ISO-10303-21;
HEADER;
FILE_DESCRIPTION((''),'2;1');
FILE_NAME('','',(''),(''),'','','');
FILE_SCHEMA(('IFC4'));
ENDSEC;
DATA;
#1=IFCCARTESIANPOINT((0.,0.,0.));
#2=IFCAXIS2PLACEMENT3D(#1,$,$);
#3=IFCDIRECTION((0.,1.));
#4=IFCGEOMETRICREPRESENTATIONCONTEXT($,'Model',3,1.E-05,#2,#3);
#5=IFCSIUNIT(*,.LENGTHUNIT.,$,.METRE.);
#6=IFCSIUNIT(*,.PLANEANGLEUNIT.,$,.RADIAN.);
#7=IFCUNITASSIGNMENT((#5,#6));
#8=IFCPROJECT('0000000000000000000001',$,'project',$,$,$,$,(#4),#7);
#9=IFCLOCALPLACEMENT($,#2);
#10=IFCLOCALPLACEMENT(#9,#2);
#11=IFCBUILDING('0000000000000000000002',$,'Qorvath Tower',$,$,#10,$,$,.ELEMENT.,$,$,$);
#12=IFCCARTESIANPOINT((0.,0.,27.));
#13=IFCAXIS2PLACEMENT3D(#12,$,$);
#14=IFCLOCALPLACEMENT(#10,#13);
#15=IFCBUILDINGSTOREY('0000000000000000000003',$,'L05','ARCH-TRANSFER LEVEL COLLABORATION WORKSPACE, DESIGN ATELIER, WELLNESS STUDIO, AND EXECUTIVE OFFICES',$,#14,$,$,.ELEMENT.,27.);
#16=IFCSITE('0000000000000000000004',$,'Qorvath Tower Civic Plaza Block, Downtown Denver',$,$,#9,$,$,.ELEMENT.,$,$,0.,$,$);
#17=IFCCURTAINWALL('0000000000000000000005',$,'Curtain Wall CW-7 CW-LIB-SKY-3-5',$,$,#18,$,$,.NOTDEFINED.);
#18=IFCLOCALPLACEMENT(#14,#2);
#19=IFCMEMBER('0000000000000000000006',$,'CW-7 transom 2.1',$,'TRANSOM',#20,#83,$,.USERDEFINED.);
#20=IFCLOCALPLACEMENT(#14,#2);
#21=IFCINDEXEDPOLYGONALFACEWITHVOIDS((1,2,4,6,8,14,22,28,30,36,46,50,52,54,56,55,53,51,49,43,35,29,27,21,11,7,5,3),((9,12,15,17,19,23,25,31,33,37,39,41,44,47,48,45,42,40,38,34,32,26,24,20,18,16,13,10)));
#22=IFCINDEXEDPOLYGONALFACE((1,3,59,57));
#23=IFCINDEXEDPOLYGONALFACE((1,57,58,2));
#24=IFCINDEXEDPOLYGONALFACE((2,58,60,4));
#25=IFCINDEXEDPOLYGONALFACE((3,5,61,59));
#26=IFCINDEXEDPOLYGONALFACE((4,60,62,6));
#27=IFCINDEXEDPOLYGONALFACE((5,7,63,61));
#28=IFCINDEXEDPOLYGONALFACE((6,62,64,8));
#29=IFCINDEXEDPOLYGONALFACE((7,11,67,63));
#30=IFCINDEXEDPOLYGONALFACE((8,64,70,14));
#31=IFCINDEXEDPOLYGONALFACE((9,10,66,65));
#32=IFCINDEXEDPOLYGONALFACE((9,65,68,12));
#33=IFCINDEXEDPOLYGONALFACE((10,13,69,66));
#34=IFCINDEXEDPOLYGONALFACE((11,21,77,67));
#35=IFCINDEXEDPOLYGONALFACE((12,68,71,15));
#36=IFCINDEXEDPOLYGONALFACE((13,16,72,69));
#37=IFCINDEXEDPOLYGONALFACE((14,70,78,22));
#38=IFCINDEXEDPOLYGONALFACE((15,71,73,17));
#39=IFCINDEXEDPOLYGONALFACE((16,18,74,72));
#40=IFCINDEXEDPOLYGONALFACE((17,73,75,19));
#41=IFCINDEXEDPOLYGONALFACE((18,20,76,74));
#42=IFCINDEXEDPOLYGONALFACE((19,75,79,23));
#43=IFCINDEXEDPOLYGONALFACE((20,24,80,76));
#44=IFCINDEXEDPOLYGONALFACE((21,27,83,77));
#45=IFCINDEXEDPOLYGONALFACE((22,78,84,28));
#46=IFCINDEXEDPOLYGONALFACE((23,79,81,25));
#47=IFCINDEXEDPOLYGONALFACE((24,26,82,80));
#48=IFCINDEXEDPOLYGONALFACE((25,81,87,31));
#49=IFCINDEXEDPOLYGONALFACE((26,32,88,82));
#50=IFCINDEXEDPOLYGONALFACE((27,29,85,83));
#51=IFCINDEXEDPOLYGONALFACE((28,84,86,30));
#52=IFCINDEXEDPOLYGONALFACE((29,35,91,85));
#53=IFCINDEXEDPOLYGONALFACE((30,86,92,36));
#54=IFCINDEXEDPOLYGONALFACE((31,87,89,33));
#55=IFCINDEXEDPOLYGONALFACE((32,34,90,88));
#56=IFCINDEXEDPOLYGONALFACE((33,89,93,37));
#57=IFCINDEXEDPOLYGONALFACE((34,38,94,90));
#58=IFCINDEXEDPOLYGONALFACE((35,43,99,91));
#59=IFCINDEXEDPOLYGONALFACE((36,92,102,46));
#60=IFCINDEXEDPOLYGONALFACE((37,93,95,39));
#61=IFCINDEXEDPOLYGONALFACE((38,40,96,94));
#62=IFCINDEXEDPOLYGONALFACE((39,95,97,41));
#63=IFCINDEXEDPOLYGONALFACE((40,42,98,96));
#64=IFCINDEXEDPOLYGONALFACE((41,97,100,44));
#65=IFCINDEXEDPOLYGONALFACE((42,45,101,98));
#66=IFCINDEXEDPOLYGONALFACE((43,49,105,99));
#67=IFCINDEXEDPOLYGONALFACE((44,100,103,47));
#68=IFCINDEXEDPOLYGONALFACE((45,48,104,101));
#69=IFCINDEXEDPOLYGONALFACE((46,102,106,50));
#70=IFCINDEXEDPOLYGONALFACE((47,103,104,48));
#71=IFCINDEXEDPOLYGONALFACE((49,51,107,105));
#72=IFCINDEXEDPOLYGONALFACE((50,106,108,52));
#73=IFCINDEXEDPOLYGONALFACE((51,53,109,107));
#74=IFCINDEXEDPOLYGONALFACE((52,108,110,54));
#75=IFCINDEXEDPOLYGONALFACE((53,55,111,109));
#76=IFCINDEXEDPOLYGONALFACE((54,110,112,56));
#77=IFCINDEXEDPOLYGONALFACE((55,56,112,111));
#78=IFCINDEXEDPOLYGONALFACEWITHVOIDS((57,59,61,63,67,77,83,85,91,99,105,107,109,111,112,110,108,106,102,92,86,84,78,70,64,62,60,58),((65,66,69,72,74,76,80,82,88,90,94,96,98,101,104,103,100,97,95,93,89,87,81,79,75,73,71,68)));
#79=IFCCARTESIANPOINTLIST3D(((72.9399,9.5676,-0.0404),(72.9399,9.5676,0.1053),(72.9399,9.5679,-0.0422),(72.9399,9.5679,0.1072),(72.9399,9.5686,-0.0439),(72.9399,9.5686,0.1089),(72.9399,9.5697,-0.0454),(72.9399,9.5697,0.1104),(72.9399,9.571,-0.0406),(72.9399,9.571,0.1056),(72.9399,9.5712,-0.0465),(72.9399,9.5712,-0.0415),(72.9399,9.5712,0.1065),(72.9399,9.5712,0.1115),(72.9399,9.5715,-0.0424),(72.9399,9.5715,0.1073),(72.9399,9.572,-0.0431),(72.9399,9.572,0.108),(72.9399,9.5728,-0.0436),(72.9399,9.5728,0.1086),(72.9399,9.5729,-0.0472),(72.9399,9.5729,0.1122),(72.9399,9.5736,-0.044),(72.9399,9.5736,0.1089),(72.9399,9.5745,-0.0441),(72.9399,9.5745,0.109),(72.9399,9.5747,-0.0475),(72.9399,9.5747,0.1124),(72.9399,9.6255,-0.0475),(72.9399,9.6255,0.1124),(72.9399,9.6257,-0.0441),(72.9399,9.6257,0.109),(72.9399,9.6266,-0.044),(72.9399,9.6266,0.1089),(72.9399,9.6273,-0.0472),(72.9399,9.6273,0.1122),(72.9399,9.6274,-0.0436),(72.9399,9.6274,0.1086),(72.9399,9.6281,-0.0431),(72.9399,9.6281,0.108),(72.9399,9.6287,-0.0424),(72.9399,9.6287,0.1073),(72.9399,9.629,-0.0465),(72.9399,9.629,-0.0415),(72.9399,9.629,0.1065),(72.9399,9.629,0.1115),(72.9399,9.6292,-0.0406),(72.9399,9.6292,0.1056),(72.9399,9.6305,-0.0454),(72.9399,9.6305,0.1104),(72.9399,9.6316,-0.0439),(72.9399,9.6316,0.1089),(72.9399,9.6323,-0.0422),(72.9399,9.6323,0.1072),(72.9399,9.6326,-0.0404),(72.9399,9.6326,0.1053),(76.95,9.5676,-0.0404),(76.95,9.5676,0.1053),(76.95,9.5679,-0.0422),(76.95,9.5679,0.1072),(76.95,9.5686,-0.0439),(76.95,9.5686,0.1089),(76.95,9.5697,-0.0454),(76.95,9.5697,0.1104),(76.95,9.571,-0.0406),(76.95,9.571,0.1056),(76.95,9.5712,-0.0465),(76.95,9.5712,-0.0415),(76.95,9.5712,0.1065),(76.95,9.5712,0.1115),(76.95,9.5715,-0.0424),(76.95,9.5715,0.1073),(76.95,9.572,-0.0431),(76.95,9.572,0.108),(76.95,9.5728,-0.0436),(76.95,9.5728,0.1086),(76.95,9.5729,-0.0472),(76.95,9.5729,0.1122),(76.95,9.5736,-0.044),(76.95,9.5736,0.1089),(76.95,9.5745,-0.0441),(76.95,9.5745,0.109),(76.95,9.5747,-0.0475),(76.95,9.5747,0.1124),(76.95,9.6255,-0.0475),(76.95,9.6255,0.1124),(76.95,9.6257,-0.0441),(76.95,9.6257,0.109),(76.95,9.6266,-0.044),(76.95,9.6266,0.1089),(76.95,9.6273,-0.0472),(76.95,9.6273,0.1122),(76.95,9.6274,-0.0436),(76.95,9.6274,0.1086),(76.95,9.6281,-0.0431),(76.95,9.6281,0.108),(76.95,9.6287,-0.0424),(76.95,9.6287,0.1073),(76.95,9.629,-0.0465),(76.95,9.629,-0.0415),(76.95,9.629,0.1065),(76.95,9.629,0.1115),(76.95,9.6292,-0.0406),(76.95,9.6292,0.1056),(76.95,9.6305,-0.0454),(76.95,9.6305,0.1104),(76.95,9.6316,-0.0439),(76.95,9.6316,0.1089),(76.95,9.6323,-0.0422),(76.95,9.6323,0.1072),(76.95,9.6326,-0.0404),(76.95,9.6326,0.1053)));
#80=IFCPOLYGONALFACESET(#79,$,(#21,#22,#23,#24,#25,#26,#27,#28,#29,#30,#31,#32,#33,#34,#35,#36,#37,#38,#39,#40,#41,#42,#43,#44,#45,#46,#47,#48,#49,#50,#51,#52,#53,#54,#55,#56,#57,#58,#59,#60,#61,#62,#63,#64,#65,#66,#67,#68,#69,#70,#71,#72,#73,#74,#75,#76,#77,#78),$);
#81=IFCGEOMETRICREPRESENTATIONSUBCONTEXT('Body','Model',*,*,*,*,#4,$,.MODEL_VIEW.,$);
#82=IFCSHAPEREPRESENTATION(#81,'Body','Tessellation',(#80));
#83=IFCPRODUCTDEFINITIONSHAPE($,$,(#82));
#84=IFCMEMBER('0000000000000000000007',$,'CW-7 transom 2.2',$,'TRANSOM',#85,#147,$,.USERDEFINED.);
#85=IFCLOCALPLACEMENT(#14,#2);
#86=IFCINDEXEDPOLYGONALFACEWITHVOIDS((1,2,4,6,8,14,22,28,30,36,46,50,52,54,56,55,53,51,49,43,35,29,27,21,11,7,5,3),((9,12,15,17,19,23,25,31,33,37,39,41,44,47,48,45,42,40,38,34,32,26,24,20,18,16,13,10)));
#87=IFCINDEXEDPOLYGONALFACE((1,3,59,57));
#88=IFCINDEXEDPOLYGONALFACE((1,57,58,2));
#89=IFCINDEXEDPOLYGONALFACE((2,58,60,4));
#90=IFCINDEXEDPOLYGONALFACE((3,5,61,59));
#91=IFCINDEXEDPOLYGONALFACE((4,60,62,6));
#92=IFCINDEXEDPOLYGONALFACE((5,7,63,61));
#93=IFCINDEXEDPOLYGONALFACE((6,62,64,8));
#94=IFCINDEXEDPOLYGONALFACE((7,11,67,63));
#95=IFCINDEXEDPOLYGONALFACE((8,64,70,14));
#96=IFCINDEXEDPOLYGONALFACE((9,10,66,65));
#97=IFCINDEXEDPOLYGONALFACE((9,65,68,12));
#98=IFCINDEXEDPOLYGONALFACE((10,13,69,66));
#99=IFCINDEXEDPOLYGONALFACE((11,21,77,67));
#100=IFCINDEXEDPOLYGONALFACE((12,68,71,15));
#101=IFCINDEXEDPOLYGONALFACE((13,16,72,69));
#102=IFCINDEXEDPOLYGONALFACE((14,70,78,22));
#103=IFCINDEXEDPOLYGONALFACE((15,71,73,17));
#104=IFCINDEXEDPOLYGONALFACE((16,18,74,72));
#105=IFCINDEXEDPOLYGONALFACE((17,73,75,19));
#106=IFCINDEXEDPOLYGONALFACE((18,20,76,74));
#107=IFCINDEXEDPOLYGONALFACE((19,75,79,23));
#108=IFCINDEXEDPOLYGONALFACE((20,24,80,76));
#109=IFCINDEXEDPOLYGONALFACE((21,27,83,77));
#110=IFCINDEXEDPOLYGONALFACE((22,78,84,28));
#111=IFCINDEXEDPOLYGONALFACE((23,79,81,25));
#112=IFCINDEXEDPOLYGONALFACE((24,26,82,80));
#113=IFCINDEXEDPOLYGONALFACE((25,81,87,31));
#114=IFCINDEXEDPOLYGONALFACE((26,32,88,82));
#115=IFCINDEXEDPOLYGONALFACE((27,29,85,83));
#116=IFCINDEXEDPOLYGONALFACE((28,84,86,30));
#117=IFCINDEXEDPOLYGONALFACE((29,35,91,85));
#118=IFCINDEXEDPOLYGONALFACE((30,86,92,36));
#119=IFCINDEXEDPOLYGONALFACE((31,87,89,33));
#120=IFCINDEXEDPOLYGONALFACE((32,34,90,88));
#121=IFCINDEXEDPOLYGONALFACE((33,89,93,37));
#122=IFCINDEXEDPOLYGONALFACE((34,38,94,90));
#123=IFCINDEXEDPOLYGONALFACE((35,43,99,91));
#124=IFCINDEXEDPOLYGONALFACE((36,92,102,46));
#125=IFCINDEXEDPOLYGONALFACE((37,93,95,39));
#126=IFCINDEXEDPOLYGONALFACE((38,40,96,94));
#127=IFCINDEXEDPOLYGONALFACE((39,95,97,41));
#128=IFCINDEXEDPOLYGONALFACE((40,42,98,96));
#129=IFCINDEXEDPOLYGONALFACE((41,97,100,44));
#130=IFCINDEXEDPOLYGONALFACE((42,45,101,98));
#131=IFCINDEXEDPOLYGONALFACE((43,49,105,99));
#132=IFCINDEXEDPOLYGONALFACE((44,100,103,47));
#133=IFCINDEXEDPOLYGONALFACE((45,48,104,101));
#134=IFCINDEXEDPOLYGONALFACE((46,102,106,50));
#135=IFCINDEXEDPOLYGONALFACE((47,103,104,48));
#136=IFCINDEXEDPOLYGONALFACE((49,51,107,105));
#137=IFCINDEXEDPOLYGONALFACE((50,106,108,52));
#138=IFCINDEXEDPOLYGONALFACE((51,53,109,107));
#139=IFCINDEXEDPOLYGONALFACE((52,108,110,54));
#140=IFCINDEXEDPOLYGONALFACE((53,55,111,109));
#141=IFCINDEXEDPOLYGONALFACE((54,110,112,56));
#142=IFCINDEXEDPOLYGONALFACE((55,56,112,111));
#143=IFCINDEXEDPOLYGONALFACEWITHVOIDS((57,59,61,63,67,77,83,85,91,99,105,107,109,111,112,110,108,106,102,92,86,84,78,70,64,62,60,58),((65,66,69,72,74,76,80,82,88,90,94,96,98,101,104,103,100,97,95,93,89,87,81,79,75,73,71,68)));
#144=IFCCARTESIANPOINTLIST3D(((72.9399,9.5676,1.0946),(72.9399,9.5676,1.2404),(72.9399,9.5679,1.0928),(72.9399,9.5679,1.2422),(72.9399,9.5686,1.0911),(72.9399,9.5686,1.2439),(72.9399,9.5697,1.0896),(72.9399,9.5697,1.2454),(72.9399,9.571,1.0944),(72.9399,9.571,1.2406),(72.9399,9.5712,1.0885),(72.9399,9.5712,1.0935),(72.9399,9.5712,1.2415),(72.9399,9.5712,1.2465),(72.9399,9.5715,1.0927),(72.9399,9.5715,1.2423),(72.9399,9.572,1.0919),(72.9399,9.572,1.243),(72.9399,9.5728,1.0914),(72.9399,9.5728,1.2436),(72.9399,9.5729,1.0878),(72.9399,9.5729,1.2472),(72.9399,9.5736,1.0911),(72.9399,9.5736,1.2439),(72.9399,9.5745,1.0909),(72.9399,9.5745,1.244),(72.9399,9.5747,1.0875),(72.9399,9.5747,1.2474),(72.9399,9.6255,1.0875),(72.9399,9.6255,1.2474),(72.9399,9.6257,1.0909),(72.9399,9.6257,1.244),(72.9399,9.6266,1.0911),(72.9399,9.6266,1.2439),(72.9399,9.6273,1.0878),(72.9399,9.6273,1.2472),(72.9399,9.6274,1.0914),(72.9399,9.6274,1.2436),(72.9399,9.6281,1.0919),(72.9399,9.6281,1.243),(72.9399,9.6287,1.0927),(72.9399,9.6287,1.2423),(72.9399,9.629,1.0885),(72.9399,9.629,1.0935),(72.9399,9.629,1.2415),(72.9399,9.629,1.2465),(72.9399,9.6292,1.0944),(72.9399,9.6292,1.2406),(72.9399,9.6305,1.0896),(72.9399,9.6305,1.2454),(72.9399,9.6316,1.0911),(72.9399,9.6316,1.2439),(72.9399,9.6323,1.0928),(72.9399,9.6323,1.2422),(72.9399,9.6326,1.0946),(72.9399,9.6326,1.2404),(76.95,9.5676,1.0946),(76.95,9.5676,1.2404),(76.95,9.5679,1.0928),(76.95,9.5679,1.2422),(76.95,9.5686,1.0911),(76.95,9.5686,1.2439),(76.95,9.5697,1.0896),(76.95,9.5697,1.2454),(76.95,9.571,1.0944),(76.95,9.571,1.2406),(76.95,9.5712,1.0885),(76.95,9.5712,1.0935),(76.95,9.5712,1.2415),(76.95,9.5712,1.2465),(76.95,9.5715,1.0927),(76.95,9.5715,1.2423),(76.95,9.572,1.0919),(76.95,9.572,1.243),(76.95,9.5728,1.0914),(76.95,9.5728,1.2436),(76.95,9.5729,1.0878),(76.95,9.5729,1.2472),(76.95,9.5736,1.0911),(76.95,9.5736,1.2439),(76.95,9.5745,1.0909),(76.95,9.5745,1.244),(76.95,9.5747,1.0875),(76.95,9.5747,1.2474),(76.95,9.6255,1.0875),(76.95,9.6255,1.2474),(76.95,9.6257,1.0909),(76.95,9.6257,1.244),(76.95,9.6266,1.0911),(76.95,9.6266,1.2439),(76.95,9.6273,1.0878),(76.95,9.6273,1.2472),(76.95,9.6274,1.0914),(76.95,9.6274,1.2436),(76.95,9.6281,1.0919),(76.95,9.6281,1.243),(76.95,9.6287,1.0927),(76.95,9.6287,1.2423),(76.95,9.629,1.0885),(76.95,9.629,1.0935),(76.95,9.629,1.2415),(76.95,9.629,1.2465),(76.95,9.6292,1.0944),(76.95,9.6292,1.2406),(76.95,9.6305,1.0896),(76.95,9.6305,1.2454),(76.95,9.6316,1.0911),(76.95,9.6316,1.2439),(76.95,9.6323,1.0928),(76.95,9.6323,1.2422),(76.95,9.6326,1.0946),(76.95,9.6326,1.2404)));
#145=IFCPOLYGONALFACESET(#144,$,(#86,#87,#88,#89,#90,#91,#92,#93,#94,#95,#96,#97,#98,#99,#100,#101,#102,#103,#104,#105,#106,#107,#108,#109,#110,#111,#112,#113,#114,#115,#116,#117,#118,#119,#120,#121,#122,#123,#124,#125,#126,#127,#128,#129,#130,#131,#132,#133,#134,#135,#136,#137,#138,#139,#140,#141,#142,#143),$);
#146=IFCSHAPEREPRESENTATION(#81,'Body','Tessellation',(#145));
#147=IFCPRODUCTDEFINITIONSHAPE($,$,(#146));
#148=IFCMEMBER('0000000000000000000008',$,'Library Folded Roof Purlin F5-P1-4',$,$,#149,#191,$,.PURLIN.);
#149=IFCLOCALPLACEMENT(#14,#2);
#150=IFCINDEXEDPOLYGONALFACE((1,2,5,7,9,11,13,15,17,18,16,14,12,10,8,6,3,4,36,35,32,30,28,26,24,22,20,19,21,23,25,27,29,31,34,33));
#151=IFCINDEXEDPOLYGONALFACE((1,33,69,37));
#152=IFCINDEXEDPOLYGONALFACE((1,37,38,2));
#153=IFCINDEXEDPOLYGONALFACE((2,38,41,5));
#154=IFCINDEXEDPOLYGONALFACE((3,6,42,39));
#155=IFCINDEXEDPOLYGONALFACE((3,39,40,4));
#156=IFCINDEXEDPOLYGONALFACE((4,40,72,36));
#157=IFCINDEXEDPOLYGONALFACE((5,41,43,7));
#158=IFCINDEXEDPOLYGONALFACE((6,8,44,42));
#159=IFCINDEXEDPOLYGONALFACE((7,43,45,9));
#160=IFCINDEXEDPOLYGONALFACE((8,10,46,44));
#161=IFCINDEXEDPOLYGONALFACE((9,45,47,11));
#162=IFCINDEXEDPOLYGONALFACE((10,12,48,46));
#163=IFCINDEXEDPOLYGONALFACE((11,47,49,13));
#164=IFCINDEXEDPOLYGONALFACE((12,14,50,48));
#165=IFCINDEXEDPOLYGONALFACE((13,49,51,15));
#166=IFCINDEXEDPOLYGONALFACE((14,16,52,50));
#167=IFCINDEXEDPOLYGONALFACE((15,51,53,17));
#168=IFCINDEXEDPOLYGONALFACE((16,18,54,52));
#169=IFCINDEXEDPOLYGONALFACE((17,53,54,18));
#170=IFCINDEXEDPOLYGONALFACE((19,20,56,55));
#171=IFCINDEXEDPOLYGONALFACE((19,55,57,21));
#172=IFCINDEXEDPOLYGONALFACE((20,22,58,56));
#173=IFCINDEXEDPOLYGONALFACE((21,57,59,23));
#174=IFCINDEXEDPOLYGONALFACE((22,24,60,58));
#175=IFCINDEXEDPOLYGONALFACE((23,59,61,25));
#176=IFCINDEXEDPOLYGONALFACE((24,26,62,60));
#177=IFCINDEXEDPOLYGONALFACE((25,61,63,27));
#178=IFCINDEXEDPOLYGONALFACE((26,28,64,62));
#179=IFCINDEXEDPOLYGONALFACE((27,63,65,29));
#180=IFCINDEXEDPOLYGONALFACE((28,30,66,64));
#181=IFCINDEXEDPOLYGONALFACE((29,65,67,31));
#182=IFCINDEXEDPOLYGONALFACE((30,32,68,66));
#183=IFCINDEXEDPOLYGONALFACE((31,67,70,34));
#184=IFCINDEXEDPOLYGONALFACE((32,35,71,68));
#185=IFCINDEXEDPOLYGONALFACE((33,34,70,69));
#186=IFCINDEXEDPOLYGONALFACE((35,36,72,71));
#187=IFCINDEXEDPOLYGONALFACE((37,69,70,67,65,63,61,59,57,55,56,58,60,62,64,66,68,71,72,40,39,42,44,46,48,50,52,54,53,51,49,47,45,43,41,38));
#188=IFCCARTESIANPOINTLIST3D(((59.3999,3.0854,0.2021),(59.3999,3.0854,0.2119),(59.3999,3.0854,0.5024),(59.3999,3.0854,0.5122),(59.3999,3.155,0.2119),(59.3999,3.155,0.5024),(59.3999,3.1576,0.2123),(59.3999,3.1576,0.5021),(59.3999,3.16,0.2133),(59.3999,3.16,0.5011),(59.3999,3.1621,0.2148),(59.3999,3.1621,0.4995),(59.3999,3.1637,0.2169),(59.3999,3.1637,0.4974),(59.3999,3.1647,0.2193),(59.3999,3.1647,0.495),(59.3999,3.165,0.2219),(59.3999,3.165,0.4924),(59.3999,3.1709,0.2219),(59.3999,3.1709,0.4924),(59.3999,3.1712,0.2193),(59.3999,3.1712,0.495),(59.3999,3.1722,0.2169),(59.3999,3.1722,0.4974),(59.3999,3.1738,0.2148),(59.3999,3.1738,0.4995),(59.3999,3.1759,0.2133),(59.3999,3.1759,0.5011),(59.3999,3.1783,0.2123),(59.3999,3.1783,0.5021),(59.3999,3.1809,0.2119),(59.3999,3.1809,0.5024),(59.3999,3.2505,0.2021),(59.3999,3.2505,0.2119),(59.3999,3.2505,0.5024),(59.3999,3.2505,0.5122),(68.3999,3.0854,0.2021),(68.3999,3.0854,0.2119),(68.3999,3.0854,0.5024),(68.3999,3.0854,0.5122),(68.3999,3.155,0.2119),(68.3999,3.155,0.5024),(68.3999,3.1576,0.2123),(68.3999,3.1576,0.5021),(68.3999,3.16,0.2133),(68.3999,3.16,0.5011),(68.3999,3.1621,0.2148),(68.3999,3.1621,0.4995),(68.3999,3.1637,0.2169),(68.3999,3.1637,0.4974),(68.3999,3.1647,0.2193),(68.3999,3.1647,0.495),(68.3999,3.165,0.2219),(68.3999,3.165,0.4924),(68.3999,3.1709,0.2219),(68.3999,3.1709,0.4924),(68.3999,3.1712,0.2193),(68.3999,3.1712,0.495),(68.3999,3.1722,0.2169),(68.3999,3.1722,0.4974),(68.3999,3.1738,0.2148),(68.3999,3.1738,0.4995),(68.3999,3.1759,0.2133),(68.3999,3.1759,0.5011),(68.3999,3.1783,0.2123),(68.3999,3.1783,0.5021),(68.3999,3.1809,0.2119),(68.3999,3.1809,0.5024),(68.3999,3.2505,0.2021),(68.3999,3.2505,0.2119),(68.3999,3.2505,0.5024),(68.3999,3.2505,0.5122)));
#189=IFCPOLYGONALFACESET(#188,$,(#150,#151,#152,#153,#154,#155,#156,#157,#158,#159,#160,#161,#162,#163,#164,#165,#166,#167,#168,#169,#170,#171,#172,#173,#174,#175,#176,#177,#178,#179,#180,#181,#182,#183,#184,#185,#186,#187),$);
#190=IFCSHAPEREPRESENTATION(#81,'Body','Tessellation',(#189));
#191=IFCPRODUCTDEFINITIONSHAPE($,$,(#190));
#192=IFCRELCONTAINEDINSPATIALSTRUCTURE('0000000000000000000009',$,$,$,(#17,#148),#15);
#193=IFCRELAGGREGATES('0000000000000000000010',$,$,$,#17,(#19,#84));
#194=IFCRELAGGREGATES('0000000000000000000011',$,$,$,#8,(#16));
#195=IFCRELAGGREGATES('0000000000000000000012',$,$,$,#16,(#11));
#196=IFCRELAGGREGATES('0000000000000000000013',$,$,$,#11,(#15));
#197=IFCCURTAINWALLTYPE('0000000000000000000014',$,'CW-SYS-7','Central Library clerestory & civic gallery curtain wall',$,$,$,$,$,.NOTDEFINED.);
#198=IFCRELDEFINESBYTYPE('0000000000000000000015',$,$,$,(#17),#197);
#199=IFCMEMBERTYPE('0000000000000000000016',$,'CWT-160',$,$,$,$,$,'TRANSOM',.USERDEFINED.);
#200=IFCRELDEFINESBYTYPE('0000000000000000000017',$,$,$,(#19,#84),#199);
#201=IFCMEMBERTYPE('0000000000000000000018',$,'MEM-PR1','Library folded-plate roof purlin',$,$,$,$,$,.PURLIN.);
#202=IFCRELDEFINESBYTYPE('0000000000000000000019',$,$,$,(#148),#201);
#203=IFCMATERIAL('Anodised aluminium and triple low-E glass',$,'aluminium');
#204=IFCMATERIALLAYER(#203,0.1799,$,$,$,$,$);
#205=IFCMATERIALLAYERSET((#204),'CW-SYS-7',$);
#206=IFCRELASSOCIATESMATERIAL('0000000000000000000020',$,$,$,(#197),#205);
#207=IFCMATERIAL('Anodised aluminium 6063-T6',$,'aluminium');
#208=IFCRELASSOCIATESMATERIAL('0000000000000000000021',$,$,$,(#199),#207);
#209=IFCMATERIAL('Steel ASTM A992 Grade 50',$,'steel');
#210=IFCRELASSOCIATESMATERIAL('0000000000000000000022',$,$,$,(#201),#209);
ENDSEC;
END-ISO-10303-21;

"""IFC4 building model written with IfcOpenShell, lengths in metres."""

from ifc_helpers import new_model, si_unit, direction, frame, origin, origin_2d, place, context, subcontext, project, spatial, hollow_rectangle, i_section, extrude, material, layer, layer_set, material_profile, profile_set, type_object, element, aggregate, save


model = new_model("IFC4")

# Units and contexts
model_context = context("Model", 3, precision=1e-05, world=origin(), true_north=direction((0.0, 1.0)))
body_context = subcontext(model_context, "Body", "Model", "MODEL_VIEW")
ifc_project = project(units=[si_unit("LENGTHUNIT", "METRE"), si_unit("PLANEANGLEUNIT", "RADIAN")], contexts=[model_context])

# Site, building, storey
site_placement = place(None, origin())
site = spatial("IfcSite", under=ifc_project, at=site_placement, Name="Qorvath Tower Civic Plaza Block, Downtown Denver", CompositionType="ELEMENT", RefElevation=0.0)
building_placement = place(site_placement, origin())
building = spatial("IfcBuilding", under=site, at=building_placement, Name="Qorvath Tower", CompositionType="ELEMENT")
storey_placement = place(building_placement, frame((0.0, 0.0, 27.0)))
storey = spatial("IfcBuildingStorey", under=building, at=storey_placement, Name="L05", Description="ARCH-TRANSFER LEVEL COLLABORATION WORKSPACE, DESIGN ATELIER, WELLNESS STUDIO, AND EXECUTIVE OFFICES", CompositionType="ELEMENT", Elevation=27.0)

# Shared definitions
ifc_material_1 = material(Name="Anodised aluminium and triple low-E glass", Category="aluminium")
ifc_layer_1 = layer(ifc_material_1, 0.1799)
ifc_layer_set_1 = layer_set([ifc_layer_1], Name="CW-SYS-7")
curtain_wall_type = type_object("IfcCurtainWallType", Name="CW-SYS-7", Description="Central Library clerestory & civic gallery curtain wall", PredefinedType="NOTDEFINED", material=ifc_layer_set_1)

# Curtain wall
curtain_wall_1_placement = place(storey_placement, origin())
curtain_wall_1 = element("IfcCurtainWall", 1, at=curtain_wall_1_placement, inside=storey, type_object=curtain_wall_type, Name="Curtain Wall CW-7 CW-LIB-SKY-3-5", PredefinedType="NOTDEFINED")

# Members
ifc_material_2 = material(Name="Anodised aluminium 6063-T6", Category="aluminium")
ifc_material_profile_1 = material_profile(ifc_material_2, hollow_rectangle(XDim=0.0649, YDim=0.1599, WallThickness=0.0034, InnerFilletRadius=0.0034, OuterFilletRadius=0.0071, at=origin_2d()), Name="CWT 160x65")
ifc_profile_set_1 = profile_set([ifc_material_profile_1], Name="Anodised aluminium 6063-T6")
member_type_1 = type_object("IfcMemberType", Name="CWT-160", ElementType="TRANSOM", PredefinedType="USERDEFINED", material=ifc_profile_set_1)
member_1_placement = place(storey_placement, frame((72.9399, 9.6001, 0.0325), z_axis=(1.0, 0.0, 0.0), x_axis=(0.0, 1.0, 0.0)))
member_1 = element("IfcMember", 2, at=member_1_placement, type_object=member_type_1, Name="CW-7 transom 2.1", ObjectType="TRANSOM", PredefinedType="USERDEFINED", context=body_context, shape_type="SweptSolid", body=[
    extrude(hollow_rectangle(XDim=0.0649, YDim=0.1599, WallThickness=0.0034, InnerFilletRadius=0.0034, OuterFilletRadius=0.0071, at=origin_2d()), origin(), (0.0, 0.0, 1.0), 4.01),
])
member_2_placement = place(storey_placement, frame((72.9399, 9.6001, 1.1675), z_axis=(1.0, 0.0, 0.0), x_axis=(0.0, 1.0, 0.0)))
member_2 = element("IfcMember", 3, at=member_2_placement, type_object=member_type_1, Name="CW-7 transom 2.2", ObjectType="TRANSOM", PredefinedType="USERDEFINED", context=body_context, shape_type="SweptSolid", body=[
    extrude(hollow_rectangle(XDim=0.0649, YDim=0.1599, WallThickness=0.0034, InnerFilletRadius=0.0034, OuterFilletRadius=0.0071, at=origin_2d()), origin(), (0.0, 0.0, 1.0), 4.01),
])

# Member
ifc_material_3 = material(Name="Steel ASTM A992 Grade 50", Category="steel")
ifc_material_profile_2 = material_profile(ifc_material_3, i_section(OverallWidth=0.165, OverallDepth=0.3101, WebThickness=0.0059, FlangeThickness=0.0098, FilletRadius=0.01, at=origin_2d()), Name="W12x26")
ifc_profile_set_2 = profile_set([ifc_material_profile_2], Name="Steel ASTM A992 Grade 50")
member_type_2 = type_object("IfcMemberType", Name="MEM-PR1", Description="Library folded-plate roof purlin", PredefinedType="PURLIN", material=ifc_profile_set_2)
for number, where, z_axis, x_axis, name in (
    (4, (59.3999, 3.168, 0.3572), (1.0, 0.0, 0.0), (0.0, 1.0, 0.0), "Library Folded Roof Purlin F5-P1-4"),
):
    element("IfcMember", number, at=place(storey_placement, frame(where, z_axis=z_axis, x_axis=x_axis)), inside=storey, type_object=member_type_2, Name=name, PredefinedType="PURLIN", context=body_context, shape_type="SweptSolid", body=[
        extrude(i_section(OverallWidth=0.165, OverallDepth=0.3101, WebThickness=0.0059, FlangeThickness=0.0098, FilletRadius=0.01, at=origin_2d()), origin(), (0.0, 0.0, 1.0), 9.0),
    ])

aggregate(curtain_wall_1, [member_1, member_2])

save(model, "model.ifc")
